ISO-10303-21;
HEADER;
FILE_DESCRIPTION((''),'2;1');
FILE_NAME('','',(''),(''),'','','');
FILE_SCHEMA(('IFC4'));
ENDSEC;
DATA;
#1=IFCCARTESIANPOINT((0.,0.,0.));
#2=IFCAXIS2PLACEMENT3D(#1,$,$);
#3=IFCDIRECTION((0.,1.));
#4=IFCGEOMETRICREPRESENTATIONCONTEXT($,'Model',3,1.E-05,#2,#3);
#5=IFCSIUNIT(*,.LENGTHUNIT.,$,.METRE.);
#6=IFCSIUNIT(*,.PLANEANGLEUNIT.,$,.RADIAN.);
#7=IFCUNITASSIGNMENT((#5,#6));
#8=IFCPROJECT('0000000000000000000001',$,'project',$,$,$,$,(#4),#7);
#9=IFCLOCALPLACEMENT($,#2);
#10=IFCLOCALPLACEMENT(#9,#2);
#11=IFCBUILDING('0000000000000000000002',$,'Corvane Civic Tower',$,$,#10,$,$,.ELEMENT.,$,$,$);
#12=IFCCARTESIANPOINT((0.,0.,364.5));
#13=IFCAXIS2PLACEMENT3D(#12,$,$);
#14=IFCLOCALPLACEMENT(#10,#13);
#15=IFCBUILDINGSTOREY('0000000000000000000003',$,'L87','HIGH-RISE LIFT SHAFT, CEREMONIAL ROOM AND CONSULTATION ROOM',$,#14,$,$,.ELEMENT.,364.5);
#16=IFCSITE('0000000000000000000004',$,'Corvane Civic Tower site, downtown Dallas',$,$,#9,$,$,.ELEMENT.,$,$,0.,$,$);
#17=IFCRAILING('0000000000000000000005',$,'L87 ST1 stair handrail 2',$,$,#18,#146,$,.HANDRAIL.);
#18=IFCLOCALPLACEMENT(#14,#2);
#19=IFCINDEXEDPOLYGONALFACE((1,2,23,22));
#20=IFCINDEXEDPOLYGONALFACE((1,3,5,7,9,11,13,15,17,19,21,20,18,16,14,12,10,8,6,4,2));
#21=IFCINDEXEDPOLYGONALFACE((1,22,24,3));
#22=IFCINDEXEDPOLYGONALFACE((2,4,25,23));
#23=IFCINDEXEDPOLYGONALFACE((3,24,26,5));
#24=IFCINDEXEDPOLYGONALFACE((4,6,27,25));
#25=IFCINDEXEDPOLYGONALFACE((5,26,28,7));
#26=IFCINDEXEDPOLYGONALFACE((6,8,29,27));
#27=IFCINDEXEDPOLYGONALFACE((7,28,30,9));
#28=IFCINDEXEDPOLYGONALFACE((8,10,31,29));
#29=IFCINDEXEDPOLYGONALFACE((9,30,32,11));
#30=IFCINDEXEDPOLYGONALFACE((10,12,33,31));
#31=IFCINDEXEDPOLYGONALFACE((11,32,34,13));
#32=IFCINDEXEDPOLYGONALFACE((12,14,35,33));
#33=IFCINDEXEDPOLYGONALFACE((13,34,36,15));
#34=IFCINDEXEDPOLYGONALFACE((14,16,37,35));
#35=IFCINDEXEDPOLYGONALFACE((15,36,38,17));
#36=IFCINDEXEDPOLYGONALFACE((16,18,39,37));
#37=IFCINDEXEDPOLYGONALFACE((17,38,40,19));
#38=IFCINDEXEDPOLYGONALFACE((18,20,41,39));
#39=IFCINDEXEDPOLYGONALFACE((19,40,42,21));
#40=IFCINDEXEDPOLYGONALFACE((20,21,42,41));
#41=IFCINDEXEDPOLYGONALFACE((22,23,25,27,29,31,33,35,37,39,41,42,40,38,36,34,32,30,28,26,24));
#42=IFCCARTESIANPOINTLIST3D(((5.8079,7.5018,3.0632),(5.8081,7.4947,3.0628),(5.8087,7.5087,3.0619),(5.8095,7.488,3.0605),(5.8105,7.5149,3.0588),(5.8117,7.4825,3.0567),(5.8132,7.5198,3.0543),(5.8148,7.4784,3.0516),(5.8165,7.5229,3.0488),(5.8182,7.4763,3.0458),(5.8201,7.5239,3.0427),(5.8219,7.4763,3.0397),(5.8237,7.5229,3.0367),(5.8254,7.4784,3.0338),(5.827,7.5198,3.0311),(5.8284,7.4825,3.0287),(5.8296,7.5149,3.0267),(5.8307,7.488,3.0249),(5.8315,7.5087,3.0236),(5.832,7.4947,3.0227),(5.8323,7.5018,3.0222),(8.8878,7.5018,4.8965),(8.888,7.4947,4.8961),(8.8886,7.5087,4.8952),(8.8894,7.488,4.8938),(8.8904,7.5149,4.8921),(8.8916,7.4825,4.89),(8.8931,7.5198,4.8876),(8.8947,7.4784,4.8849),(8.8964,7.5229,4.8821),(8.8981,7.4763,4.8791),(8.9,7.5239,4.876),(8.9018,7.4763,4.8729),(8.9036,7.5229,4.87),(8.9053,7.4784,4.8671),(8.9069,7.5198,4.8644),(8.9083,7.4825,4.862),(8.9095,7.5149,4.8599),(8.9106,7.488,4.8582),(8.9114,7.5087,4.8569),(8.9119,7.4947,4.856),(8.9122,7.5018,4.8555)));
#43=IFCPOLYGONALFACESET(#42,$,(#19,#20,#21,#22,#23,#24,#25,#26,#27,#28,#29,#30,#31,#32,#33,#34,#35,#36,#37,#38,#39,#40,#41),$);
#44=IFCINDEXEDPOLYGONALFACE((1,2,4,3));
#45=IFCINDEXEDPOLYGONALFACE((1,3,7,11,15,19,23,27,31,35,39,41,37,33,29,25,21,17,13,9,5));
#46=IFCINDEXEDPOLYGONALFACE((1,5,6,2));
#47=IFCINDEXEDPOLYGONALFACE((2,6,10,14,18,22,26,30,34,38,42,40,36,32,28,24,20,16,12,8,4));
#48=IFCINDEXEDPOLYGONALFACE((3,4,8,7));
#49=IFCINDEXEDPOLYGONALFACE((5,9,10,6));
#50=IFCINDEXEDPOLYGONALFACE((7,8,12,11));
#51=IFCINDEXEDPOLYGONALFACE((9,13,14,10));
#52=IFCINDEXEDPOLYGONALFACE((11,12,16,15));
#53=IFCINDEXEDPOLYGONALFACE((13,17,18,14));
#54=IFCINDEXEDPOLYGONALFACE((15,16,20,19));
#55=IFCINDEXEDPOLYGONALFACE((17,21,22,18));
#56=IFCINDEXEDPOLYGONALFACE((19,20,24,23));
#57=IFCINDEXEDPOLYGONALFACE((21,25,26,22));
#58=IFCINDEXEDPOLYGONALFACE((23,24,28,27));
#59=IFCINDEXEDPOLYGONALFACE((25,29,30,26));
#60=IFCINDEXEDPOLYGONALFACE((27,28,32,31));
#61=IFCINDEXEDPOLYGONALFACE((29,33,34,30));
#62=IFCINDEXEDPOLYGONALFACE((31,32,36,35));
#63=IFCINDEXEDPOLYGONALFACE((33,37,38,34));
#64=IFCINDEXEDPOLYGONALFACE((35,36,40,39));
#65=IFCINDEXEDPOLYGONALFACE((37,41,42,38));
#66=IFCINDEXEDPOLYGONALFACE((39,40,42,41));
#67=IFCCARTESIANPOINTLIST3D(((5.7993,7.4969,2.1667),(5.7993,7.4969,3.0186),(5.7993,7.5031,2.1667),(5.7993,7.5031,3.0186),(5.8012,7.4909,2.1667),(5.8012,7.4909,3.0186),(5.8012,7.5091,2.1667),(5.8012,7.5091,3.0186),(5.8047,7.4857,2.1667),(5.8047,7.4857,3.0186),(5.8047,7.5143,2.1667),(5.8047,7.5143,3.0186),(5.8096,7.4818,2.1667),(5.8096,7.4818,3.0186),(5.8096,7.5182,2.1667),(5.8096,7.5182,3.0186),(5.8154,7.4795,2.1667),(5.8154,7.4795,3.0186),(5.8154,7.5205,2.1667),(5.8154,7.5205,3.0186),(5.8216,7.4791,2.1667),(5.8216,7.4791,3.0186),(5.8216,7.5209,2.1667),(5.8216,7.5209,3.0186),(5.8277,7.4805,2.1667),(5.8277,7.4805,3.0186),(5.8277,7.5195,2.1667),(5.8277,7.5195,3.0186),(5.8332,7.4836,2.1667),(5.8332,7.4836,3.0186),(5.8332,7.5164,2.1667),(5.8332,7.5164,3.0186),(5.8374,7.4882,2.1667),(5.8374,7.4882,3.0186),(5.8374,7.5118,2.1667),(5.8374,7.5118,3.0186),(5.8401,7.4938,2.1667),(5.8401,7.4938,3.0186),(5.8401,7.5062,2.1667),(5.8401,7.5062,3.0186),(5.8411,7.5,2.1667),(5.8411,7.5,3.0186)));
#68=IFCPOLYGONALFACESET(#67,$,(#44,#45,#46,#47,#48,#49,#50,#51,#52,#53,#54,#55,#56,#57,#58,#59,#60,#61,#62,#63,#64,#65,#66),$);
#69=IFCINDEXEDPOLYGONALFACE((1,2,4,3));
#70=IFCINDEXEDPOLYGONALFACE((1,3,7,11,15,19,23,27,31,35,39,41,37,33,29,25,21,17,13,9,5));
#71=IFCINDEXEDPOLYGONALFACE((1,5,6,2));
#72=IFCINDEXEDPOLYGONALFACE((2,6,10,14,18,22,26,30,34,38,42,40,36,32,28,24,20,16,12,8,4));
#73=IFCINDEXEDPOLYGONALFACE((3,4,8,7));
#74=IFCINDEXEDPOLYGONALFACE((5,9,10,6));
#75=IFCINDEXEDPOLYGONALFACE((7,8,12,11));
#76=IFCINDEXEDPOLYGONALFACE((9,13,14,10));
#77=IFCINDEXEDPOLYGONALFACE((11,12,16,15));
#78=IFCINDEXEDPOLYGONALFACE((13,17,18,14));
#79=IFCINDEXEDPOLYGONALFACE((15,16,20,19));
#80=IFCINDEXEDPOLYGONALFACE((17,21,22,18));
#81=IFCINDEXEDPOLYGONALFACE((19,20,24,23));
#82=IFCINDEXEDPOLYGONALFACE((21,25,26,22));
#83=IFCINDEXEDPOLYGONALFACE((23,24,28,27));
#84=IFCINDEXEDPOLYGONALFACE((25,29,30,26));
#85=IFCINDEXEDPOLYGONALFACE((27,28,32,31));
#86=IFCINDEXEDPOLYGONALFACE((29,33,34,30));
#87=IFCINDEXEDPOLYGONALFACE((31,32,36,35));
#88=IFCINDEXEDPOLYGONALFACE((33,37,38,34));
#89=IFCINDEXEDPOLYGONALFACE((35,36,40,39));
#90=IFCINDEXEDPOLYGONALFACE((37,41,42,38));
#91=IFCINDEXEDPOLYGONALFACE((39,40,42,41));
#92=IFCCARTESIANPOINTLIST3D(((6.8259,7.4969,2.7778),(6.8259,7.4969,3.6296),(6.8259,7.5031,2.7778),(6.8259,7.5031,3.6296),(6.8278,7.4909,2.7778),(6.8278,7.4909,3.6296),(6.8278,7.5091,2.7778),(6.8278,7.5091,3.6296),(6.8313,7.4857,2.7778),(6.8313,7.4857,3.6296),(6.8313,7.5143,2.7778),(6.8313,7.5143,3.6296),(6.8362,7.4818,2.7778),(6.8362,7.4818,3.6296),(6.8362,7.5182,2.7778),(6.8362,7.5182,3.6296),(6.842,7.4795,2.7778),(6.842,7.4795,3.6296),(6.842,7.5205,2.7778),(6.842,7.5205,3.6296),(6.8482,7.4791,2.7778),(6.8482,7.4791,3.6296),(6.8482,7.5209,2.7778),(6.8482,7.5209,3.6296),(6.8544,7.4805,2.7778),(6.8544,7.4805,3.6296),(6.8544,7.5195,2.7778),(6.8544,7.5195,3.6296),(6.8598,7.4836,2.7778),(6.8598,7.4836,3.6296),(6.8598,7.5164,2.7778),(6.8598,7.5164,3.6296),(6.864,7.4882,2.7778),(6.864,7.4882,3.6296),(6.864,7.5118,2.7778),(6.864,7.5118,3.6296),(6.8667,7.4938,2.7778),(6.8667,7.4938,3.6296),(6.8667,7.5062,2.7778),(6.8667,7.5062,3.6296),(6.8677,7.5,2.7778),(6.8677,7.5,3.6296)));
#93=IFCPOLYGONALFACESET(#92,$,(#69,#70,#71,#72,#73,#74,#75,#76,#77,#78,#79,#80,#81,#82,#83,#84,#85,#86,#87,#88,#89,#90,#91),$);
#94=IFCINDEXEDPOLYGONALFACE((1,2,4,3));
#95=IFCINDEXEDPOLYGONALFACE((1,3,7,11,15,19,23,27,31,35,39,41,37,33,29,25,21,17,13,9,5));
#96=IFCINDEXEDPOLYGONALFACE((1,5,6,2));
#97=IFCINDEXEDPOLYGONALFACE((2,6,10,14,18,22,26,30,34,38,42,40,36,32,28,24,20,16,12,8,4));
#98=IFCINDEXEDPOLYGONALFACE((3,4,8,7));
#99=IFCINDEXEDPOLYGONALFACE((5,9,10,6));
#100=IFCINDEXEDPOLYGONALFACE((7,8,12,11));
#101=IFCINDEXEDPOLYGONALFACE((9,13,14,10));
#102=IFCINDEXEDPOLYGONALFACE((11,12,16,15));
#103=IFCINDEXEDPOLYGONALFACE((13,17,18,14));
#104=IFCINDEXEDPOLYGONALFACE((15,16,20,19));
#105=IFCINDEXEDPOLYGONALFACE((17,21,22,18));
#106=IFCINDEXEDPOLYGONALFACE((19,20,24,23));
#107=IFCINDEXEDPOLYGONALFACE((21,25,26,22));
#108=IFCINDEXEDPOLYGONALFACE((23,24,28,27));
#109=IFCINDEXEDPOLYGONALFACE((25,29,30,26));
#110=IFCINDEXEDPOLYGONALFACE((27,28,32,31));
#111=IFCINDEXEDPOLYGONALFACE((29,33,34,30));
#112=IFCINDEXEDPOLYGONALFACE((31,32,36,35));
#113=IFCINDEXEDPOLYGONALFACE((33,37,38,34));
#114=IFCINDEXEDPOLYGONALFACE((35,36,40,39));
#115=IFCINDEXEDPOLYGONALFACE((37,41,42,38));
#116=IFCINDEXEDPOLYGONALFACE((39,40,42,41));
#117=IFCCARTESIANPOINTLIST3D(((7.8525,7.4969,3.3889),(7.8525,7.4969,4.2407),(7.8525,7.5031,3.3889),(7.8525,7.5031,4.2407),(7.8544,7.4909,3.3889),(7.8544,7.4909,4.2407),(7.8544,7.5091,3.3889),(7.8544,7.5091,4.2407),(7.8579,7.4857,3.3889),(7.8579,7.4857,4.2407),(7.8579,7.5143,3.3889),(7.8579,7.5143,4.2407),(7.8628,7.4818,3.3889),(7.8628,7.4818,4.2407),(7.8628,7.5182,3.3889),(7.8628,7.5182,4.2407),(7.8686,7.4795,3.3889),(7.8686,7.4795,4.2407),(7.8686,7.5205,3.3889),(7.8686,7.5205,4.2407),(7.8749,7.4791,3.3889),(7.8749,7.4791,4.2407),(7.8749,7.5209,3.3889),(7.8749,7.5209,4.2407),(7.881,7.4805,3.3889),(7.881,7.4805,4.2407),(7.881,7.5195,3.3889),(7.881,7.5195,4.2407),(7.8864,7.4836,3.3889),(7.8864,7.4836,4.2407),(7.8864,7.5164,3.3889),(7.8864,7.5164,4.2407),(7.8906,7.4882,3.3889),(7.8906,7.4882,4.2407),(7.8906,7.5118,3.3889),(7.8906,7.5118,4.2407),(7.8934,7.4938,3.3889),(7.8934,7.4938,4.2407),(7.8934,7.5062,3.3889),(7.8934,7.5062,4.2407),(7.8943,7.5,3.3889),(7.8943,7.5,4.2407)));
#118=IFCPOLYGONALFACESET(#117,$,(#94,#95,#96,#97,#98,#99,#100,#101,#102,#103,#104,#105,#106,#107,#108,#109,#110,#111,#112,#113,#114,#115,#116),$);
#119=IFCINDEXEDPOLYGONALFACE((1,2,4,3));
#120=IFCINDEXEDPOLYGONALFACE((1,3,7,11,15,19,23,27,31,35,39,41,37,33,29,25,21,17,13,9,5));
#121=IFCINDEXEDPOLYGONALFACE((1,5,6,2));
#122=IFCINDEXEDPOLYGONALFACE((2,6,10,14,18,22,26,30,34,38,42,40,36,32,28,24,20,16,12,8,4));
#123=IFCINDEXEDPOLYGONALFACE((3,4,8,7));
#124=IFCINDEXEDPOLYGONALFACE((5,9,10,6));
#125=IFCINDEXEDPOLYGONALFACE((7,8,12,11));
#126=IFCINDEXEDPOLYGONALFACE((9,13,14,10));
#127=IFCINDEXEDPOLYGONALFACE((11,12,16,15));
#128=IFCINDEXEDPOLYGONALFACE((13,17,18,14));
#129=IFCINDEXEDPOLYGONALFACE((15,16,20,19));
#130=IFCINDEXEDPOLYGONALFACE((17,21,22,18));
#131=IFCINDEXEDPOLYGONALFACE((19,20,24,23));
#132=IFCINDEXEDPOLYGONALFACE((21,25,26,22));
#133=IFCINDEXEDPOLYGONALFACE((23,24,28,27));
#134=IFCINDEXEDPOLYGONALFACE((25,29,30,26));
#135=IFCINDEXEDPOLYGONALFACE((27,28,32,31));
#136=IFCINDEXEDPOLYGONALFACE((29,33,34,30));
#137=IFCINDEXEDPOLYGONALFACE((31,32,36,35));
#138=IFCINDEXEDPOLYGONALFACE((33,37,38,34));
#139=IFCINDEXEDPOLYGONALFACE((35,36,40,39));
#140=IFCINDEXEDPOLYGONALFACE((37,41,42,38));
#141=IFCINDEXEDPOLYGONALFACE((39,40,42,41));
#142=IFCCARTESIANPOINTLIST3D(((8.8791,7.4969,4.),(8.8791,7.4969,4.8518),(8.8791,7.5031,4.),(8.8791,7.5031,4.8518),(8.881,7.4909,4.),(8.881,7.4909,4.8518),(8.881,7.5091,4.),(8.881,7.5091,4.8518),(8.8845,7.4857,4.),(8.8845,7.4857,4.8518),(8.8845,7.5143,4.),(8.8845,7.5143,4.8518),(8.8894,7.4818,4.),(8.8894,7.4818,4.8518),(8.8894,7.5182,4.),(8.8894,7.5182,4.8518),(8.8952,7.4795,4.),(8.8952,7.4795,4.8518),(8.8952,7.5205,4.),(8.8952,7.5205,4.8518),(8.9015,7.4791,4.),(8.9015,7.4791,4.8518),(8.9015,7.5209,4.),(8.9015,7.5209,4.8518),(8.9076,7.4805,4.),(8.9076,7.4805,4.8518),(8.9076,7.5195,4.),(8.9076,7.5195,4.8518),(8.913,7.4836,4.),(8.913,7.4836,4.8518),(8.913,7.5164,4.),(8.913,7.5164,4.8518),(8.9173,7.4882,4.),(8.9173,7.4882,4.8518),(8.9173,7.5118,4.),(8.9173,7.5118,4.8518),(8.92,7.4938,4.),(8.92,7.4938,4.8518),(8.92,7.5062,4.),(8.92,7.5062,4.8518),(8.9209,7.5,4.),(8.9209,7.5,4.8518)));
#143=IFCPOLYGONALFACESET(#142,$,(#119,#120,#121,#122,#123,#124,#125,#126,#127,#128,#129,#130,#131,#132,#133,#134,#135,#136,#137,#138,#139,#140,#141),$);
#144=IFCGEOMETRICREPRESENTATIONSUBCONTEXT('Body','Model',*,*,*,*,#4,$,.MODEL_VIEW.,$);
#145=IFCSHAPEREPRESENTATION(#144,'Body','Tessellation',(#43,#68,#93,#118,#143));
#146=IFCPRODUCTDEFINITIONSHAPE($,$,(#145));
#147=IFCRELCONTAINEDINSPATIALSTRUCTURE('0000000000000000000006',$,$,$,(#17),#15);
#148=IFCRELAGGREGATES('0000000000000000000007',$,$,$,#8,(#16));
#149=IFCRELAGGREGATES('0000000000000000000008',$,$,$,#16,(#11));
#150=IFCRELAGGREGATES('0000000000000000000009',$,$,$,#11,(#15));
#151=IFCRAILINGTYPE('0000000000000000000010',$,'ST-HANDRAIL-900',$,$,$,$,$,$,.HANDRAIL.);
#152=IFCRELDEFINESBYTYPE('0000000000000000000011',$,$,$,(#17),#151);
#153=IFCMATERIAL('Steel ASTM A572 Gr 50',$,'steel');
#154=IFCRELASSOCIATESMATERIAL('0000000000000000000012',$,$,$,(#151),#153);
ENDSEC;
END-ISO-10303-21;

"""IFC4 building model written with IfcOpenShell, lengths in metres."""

from ifc_helpers import new_model, si_unit, direction, frame, origin, origin_2d, place, context, subcontext, project, spatial, circle, extrude, material, type_object, element, save


model = new_model("IFC4")

# Units and contexts
model_context = context("Model", 3, precision=1e-05, world=origin(), true_north=direction((0.0, 1.0)))
body_context = subcontext(model_context, "Body", "Model", "MODEL_VIEW")
ifc_project = project(units=[si_unit("LENGTHUNIT", "METRE"), si_unit("PLANEANGLEUNIT", "RADIAN")], contexts=[model_context])

# Site, building, storey
site_placement = place(None, origin())
site = spatial("IfcSite", under=ifc_project, at=site_placement, Name="Corvane Civic Tower site, downtown Dallas", CompositionType="ELEMENT", RefElevation=0.0)
building_placement = place(site_placement, origin())
building = spatial("IfcBuilding", under=site, at=building_placement, Name="Corvane Civic Tower", CompositionType="ELEMENT")
storey_placement = place(building_placement, frame((0.0, 0.0, 364.5)))
storey = spatial("IfcBuildingStorey", under=building, at=storey_placement, Name="L87", Description="HIGH-RISE LIFT SHAFT, CEREMONIAL ROOM AND CONSULTATION ROOM", CompositionType="ELEMENT", Elevation=364.5)

# Railing
ifc_material_1 = material(Name="Steel ASTM A572 Gr 50", Category="steel")
railing_type = type_object("IfcRailingType", Name="ST-HANDRAIL-900", PredefinedType="HANDRAIL", material=ifc_material_1)
railing_placement = place(storey_placement, frame((5.8201, 7.5, 2.1667)))
element("IfcRailing", 1, at=railing_placement, inside=storey, type_object=railing_type, Name="L87 ST1 stair handrail 2", PredefinedType="HANDRAIL", context=body_context, shape_type="SweptSolid", body=[
    extrude(circle(Radius=0.0239, at=origin_2d()), frame((0.0, 0.0, 0.876), z_axis=(0.859291, 0.0, 0.511487), x_axis=(0.0, 1.0, 0.0)), (0.0, 0.0, 1.0), 3.5842),
    extrude(circle(Radius=0.021, at=origin_2d()), origin(), (0.0, 0.0, 1.0), 0.8518),
    extrude(circle(Radius=0.021, at=origin_2d()), frame((1.0266, 0.0, 0.6111)), (0.0, 0.0, 1.0), 0.8518),
    extrude(circle(Radius=0.021, at=origin_2d()), frame((2.0532, 0.0, 1.2222)), (0.0, 0.0, 1.0), 0.8518),
    extrude(circle(Radius=0.021, at=origin_2d()), frame((3.0798, 0.0, 1.8333)), (0.0, 0.0, 1.0), 0.8518),
])

save(model, "model.ifc")
